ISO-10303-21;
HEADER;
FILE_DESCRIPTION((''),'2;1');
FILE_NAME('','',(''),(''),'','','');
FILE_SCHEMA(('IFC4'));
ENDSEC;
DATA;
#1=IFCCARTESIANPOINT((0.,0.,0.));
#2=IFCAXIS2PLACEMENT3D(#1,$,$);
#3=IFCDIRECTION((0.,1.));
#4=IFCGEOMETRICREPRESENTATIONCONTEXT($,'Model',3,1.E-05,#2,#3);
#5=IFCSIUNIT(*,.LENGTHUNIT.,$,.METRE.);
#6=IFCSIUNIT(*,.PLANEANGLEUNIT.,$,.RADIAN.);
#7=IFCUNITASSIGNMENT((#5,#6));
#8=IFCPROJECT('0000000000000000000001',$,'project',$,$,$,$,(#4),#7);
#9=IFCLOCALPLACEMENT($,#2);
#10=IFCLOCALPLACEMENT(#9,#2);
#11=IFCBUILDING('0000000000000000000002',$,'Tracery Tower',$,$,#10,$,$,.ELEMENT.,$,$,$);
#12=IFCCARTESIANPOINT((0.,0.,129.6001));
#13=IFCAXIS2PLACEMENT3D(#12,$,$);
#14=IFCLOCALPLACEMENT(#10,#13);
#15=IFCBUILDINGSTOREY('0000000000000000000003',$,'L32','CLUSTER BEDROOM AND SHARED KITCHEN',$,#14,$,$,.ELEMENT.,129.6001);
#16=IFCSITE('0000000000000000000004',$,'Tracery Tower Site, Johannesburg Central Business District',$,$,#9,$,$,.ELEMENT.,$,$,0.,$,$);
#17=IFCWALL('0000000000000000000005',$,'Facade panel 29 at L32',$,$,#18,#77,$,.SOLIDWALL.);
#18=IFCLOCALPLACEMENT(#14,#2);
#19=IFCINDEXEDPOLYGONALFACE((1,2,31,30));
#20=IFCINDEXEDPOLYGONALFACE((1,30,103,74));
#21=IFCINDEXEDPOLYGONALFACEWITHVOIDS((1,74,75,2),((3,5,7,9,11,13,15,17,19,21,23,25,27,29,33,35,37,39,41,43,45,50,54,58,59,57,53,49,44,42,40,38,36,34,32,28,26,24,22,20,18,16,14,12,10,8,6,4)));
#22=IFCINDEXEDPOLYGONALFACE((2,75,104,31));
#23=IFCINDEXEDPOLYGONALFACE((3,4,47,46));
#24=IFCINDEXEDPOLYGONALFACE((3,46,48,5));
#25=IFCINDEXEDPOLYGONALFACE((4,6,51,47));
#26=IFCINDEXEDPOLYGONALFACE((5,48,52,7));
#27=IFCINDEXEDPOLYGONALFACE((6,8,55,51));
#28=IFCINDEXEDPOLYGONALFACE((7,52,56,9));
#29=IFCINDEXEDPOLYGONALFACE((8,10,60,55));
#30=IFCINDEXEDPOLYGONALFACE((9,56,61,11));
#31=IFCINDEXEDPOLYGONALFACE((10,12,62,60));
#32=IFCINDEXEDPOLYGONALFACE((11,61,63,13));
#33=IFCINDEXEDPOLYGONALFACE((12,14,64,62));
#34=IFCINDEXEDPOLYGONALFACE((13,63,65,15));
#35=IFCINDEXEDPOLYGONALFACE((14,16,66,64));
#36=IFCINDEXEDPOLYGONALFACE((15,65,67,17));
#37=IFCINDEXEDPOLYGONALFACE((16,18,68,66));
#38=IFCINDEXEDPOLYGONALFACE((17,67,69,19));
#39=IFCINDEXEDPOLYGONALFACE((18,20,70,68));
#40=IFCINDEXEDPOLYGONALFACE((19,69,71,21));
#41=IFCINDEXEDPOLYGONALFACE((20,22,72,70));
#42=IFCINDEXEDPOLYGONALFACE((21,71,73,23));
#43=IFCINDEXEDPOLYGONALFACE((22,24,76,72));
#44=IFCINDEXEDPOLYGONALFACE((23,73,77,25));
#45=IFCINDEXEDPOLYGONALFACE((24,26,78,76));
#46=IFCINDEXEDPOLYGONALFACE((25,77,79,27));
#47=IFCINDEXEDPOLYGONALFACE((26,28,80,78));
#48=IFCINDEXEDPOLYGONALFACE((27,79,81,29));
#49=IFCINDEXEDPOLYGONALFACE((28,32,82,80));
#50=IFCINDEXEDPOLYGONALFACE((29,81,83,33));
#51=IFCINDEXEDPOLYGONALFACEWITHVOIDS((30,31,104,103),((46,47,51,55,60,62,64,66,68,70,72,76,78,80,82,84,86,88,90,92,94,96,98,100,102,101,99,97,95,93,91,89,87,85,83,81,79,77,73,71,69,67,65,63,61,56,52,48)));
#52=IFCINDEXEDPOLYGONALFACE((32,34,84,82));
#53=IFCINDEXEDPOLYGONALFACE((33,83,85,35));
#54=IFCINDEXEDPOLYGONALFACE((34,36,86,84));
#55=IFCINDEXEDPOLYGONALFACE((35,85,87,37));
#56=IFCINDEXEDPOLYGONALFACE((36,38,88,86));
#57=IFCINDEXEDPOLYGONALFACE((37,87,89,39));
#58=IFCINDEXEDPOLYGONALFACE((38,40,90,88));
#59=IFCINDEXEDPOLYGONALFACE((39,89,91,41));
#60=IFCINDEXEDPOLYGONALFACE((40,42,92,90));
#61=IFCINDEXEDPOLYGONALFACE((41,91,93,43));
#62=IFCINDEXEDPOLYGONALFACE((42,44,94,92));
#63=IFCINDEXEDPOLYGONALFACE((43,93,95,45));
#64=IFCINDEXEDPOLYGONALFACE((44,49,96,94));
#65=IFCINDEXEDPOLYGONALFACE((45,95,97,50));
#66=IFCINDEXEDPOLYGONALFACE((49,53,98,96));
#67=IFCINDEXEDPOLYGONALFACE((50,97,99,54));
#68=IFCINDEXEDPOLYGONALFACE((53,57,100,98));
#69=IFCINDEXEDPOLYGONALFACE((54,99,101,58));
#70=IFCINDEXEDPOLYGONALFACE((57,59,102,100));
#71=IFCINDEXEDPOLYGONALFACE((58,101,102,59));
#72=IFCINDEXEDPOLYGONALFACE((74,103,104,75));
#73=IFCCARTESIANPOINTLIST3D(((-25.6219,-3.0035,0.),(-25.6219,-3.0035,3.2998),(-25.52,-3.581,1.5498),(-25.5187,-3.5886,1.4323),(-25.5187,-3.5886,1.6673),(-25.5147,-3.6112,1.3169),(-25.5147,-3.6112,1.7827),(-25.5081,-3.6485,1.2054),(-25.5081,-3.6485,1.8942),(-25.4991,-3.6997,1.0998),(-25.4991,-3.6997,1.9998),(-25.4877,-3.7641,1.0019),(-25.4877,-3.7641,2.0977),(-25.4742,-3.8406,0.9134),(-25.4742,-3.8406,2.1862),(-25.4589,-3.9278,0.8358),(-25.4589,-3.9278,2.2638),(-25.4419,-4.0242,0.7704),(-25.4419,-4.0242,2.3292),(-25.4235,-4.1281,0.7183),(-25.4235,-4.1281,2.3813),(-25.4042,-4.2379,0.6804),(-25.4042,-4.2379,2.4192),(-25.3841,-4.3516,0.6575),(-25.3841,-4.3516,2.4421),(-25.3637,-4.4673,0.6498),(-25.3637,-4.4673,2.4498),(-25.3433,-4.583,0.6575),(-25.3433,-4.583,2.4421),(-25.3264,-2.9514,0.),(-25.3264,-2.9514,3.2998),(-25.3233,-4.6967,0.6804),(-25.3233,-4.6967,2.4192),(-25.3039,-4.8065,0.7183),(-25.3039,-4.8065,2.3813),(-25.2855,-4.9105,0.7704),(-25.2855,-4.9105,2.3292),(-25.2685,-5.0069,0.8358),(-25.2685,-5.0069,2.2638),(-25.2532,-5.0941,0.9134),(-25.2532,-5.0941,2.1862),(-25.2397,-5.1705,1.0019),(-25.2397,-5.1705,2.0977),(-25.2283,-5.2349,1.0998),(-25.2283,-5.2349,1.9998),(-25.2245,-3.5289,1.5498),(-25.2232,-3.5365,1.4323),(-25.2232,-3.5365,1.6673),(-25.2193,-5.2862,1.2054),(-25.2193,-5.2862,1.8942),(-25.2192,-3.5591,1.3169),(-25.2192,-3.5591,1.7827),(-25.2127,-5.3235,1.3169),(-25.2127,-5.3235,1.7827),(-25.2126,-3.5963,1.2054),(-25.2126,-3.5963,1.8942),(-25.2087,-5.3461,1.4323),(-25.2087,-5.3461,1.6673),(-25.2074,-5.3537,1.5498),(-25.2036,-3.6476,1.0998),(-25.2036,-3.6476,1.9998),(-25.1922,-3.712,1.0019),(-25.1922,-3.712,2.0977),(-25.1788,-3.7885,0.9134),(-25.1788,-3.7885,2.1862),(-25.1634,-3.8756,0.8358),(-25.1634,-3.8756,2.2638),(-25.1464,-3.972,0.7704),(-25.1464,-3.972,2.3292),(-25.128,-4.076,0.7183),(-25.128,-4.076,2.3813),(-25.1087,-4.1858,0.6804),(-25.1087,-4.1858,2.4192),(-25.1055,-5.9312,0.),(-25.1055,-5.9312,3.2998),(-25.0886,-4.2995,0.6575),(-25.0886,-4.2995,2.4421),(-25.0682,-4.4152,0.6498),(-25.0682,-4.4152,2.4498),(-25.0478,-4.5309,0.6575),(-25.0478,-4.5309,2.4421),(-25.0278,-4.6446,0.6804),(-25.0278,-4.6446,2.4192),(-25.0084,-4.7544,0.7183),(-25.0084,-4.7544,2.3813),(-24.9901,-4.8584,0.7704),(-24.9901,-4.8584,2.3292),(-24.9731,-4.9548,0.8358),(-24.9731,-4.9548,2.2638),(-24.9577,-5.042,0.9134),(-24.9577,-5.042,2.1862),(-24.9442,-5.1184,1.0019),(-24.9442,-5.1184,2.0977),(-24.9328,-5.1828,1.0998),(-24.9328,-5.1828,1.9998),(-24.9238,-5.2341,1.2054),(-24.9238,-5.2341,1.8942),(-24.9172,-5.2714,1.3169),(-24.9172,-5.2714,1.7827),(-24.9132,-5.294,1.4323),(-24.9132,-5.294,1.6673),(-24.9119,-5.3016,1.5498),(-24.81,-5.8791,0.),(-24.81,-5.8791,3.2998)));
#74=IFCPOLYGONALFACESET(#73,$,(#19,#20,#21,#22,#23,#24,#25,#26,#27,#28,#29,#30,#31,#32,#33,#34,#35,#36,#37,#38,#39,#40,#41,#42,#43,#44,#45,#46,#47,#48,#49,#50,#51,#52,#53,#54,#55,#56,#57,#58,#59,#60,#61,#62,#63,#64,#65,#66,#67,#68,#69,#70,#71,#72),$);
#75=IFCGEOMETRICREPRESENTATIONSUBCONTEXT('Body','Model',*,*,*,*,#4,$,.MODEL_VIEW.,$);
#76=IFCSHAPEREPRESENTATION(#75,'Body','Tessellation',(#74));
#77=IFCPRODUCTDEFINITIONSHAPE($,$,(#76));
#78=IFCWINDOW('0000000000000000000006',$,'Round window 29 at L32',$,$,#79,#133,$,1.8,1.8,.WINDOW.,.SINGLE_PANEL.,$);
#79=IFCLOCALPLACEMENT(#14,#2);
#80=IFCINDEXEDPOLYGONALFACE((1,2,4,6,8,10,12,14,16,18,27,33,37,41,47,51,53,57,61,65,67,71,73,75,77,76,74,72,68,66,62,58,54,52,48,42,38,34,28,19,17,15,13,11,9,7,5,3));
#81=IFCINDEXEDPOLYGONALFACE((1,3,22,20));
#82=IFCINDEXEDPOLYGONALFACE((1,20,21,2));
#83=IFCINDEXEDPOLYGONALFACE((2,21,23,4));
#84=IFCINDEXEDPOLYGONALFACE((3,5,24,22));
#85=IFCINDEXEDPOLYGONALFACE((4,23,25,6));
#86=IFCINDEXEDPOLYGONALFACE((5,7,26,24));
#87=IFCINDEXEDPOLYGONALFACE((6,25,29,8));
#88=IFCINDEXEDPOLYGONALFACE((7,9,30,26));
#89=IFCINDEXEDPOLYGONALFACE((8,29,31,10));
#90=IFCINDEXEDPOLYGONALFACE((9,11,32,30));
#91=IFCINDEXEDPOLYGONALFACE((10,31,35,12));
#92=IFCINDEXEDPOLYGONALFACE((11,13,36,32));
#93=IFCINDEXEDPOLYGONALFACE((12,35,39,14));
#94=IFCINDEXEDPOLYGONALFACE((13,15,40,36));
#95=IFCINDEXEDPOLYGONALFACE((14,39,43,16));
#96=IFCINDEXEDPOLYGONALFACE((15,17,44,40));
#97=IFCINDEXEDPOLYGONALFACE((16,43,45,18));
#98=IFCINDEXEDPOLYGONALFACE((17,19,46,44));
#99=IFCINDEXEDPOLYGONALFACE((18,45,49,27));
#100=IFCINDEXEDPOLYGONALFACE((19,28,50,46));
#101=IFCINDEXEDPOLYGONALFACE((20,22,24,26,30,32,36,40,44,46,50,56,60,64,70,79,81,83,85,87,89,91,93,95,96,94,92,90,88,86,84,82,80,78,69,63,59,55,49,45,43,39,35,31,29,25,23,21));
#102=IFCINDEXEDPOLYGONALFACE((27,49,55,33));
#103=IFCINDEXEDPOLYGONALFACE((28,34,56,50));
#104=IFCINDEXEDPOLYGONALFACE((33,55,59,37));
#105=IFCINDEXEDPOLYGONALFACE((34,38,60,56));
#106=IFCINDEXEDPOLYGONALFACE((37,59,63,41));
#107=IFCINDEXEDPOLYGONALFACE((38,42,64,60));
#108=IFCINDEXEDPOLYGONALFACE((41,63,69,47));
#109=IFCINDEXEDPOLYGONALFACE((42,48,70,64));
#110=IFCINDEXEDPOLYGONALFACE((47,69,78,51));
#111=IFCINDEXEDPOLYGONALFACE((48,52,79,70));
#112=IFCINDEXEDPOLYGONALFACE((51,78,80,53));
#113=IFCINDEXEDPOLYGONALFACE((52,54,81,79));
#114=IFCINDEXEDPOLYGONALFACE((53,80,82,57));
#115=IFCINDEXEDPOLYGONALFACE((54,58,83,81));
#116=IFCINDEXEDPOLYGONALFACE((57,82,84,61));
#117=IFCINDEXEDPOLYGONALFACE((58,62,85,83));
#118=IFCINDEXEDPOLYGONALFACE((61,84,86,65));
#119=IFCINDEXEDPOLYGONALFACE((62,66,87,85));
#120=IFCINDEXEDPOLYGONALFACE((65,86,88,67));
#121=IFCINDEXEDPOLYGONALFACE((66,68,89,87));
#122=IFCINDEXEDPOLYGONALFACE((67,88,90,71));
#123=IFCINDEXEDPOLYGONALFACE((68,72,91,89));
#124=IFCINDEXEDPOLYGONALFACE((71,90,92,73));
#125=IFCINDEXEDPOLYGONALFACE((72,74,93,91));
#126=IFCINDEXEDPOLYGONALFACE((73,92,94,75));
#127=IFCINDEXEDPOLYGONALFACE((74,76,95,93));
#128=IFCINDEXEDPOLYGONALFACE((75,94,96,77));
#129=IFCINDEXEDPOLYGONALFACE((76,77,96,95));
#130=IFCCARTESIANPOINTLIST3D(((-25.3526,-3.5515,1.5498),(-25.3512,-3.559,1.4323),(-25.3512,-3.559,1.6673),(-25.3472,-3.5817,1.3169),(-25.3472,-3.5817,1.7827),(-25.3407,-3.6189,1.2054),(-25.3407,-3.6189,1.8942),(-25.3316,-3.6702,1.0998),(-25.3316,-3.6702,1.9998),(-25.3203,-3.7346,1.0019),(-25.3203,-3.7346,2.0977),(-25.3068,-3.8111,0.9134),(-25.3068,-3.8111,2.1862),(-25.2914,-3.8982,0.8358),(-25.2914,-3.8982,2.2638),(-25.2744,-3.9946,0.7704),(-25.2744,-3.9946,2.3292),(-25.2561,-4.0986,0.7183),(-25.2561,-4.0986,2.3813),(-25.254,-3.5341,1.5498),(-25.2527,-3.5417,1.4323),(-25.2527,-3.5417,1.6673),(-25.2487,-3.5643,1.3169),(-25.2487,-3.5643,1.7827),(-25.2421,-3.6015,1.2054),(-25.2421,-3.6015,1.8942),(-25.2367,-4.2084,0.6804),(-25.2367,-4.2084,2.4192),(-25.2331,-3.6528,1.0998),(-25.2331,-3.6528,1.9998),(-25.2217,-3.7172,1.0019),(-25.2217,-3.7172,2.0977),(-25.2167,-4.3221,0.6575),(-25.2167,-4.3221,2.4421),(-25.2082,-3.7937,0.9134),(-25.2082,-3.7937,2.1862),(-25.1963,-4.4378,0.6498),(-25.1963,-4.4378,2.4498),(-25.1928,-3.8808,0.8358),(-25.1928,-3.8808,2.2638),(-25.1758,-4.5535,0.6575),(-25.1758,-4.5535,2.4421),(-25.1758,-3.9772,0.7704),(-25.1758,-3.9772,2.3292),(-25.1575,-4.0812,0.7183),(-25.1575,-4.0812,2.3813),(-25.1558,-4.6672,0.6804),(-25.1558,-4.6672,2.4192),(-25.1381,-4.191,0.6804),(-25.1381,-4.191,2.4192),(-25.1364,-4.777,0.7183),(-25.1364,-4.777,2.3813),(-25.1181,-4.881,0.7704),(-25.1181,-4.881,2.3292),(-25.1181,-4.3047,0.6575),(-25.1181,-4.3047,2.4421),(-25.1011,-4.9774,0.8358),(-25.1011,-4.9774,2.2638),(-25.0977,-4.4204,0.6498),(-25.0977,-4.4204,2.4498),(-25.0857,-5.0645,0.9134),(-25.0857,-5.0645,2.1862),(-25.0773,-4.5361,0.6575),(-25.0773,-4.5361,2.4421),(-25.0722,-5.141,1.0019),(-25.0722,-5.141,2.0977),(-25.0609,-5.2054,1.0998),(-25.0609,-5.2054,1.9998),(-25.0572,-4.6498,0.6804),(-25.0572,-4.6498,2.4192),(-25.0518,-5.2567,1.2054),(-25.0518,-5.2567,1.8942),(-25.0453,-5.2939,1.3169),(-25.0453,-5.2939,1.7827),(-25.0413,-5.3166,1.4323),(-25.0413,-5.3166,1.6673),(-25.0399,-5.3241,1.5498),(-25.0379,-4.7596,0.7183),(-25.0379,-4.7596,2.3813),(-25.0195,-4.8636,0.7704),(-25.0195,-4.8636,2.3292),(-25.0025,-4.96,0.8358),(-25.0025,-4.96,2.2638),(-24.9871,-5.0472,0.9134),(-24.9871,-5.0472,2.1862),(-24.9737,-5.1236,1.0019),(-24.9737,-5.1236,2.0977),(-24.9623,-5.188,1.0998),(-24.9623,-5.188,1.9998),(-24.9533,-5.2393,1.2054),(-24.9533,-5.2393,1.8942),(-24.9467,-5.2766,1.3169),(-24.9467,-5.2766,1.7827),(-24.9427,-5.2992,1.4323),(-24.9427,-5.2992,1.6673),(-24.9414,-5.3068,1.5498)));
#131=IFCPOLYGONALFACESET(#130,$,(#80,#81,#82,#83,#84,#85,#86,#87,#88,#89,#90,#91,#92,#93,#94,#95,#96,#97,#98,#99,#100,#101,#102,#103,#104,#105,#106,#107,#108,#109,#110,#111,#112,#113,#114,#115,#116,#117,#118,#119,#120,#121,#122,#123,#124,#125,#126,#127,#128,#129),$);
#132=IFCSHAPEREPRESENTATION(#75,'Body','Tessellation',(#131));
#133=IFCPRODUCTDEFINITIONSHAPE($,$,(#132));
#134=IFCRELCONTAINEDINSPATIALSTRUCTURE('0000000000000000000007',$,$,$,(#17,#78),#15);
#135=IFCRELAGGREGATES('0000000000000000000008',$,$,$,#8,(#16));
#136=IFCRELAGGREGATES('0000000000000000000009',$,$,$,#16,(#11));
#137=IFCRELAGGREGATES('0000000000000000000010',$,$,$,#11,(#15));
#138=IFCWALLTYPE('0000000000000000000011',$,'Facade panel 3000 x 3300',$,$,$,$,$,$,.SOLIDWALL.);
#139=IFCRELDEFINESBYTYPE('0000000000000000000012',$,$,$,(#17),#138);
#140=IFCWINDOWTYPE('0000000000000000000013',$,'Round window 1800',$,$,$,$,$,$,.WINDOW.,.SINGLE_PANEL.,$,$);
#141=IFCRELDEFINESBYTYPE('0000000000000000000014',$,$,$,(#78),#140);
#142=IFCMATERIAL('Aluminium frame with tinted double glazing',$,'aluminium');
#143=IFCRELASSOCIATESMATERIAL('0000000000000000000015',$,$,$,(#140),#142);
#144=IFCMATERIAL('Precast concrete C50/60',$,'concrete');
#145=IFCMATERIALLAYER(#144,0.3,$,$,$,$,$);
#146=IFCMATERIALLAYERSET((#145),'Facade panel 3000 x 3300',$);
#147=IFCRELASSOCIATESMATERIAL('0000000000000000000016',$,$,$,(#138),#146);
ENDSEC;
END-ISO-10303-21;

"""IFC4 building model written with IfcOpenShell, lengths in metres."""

from ifc_helpers import new_model, si_unit, direction, frame, frame_2d, origin, origin_2d, place, context, subcontext, project, spatial, rectangle, circle, extrude, material, layer, layer_set, type_object, element, fill, save


model = new_model("IFC4")

# Units and contexts
model_context = context("Model", 3, precision=1e-05, world=origin(), true_north=direction((0.0, 1.0)))
body_context = subcontext(model_context, "Body", "Model", "MODEL_VIEW")
ifc_project = project(units=[si_unit("LENGTHUNIT", "METRE"), si_unit("PLANEANGLEUNIT", "RADIAN")], contexts=[model_context])

# Site, building, storey
site_placement = place(None, origin())
site = spatial("IfcSite", under=ifc_project, at=site_placement, Name="Tracery Tower Site, Johannesburg Central Business District", CompositionType="ELEMENT", RefElevation=0.0)
building_placement = place(site_placement, origin())
building = spatial("IfcBuilding", under=site, at=building_placement, Name="Tracery Tower", CompositionType="ELEMENT")
storey_placement = place(building_placement, frame((0.0, 0.0, 129.6001)))
storey = spatial("IfcBuildingStorey", under=building, at=storey_placement, Name="L32", Description="CLUSTER BEDROOM AND SHARED KITCHEN", CompositionType="ELEMENT", Elevation=129.6001)

# Wall, opening, window
ifc_material_1 = material(Name="Aluminium frame with tinted double glazing", Category="aluminium")
window_type = type_object("IfcWindowType", Name="Round window 1800", PartitioningType="SINGLE_PANEL", PredefinedType="WINDOW", material=ifc_material_1)
ifc_material_2 = material(Name="Precast concrete C50/60", Category="concrete")
ifc_layer_1 = layer(ifc_material_2, 0.3)
ifc_layer_set_1 = layer_set([ifc_layer_1], Name="Facade panel 3000 x 3300")
wall_type_1 = type_object("IfcWallType", Name="Facade panel 3000 x 3300", PredefinedType="SOLIDWALL", material=ifc_layer_set_1)
wall_1_placement = place(storey_placement, frame((-25.4741, -2.9775, 0.0), z_axis=(0.0, 0.0, 1.0), x_axis=(0.173687, -0.984801, 0.0)))
wall_1 = element("IfcWall", 1, at=wall_1_placement, inside=storey, type_object=wall_type_1, Name="Facade panel 29 at L32", PredefinedType="SOLIDWALL", context=body_context, shape_type="SweptSolid", body=[
    extrude(rectangle(XDim=2.9729, YDim=0.3, at=frame_2d((1.4863, 0.0))), origin(), (0.0, 0.0, 1.0), 3.2998),
])
opening_1_placement = place(wall_1_placement, frame((1.4863, 0.0, 1.5498)))
opening_1 = element("IfcOpeningElement", 2, at=opening_1_placement, cuts=wall_1, PredefinedType="OPENING", context=body_context, shape_type="SweptSolid", body=[
    extrude(circle(Radius=0.9, at=origin_2d()), frame((0.0, 0.1599, 0.0), z_axis=(0.0, -1.0, 0.0), x_axis=(1.0, 0.0, 0.0)), (0.0, 0.0, 1.0), 0.3201),
])
window_1_placement = place(opening_1_placement, origin())
window_1 = element("IfcWindow", 3, at=window_1_placement, inside=storey, type_object=window_type, Name="Round window 29 at L32", OverallHeight=1.8, OverallWidth=1.8, PartitioningType="SINGLE_PANEL", PredefinedType="WINDOW", context=body_context, shape_type="SweptSolid", body=[
    extrude(circle(Radius=0.9, at=origin_2d()), frame((0.0, 0.1201, 0.0), z_axis=(0.0, -1.0, 0.0), x_axis=(1.0, 0.0, 0.0)), (0.0, 0.0, 1.0), 0.1001),
])
fill(opening_1, window_1)

save(model, "model.ifc")
